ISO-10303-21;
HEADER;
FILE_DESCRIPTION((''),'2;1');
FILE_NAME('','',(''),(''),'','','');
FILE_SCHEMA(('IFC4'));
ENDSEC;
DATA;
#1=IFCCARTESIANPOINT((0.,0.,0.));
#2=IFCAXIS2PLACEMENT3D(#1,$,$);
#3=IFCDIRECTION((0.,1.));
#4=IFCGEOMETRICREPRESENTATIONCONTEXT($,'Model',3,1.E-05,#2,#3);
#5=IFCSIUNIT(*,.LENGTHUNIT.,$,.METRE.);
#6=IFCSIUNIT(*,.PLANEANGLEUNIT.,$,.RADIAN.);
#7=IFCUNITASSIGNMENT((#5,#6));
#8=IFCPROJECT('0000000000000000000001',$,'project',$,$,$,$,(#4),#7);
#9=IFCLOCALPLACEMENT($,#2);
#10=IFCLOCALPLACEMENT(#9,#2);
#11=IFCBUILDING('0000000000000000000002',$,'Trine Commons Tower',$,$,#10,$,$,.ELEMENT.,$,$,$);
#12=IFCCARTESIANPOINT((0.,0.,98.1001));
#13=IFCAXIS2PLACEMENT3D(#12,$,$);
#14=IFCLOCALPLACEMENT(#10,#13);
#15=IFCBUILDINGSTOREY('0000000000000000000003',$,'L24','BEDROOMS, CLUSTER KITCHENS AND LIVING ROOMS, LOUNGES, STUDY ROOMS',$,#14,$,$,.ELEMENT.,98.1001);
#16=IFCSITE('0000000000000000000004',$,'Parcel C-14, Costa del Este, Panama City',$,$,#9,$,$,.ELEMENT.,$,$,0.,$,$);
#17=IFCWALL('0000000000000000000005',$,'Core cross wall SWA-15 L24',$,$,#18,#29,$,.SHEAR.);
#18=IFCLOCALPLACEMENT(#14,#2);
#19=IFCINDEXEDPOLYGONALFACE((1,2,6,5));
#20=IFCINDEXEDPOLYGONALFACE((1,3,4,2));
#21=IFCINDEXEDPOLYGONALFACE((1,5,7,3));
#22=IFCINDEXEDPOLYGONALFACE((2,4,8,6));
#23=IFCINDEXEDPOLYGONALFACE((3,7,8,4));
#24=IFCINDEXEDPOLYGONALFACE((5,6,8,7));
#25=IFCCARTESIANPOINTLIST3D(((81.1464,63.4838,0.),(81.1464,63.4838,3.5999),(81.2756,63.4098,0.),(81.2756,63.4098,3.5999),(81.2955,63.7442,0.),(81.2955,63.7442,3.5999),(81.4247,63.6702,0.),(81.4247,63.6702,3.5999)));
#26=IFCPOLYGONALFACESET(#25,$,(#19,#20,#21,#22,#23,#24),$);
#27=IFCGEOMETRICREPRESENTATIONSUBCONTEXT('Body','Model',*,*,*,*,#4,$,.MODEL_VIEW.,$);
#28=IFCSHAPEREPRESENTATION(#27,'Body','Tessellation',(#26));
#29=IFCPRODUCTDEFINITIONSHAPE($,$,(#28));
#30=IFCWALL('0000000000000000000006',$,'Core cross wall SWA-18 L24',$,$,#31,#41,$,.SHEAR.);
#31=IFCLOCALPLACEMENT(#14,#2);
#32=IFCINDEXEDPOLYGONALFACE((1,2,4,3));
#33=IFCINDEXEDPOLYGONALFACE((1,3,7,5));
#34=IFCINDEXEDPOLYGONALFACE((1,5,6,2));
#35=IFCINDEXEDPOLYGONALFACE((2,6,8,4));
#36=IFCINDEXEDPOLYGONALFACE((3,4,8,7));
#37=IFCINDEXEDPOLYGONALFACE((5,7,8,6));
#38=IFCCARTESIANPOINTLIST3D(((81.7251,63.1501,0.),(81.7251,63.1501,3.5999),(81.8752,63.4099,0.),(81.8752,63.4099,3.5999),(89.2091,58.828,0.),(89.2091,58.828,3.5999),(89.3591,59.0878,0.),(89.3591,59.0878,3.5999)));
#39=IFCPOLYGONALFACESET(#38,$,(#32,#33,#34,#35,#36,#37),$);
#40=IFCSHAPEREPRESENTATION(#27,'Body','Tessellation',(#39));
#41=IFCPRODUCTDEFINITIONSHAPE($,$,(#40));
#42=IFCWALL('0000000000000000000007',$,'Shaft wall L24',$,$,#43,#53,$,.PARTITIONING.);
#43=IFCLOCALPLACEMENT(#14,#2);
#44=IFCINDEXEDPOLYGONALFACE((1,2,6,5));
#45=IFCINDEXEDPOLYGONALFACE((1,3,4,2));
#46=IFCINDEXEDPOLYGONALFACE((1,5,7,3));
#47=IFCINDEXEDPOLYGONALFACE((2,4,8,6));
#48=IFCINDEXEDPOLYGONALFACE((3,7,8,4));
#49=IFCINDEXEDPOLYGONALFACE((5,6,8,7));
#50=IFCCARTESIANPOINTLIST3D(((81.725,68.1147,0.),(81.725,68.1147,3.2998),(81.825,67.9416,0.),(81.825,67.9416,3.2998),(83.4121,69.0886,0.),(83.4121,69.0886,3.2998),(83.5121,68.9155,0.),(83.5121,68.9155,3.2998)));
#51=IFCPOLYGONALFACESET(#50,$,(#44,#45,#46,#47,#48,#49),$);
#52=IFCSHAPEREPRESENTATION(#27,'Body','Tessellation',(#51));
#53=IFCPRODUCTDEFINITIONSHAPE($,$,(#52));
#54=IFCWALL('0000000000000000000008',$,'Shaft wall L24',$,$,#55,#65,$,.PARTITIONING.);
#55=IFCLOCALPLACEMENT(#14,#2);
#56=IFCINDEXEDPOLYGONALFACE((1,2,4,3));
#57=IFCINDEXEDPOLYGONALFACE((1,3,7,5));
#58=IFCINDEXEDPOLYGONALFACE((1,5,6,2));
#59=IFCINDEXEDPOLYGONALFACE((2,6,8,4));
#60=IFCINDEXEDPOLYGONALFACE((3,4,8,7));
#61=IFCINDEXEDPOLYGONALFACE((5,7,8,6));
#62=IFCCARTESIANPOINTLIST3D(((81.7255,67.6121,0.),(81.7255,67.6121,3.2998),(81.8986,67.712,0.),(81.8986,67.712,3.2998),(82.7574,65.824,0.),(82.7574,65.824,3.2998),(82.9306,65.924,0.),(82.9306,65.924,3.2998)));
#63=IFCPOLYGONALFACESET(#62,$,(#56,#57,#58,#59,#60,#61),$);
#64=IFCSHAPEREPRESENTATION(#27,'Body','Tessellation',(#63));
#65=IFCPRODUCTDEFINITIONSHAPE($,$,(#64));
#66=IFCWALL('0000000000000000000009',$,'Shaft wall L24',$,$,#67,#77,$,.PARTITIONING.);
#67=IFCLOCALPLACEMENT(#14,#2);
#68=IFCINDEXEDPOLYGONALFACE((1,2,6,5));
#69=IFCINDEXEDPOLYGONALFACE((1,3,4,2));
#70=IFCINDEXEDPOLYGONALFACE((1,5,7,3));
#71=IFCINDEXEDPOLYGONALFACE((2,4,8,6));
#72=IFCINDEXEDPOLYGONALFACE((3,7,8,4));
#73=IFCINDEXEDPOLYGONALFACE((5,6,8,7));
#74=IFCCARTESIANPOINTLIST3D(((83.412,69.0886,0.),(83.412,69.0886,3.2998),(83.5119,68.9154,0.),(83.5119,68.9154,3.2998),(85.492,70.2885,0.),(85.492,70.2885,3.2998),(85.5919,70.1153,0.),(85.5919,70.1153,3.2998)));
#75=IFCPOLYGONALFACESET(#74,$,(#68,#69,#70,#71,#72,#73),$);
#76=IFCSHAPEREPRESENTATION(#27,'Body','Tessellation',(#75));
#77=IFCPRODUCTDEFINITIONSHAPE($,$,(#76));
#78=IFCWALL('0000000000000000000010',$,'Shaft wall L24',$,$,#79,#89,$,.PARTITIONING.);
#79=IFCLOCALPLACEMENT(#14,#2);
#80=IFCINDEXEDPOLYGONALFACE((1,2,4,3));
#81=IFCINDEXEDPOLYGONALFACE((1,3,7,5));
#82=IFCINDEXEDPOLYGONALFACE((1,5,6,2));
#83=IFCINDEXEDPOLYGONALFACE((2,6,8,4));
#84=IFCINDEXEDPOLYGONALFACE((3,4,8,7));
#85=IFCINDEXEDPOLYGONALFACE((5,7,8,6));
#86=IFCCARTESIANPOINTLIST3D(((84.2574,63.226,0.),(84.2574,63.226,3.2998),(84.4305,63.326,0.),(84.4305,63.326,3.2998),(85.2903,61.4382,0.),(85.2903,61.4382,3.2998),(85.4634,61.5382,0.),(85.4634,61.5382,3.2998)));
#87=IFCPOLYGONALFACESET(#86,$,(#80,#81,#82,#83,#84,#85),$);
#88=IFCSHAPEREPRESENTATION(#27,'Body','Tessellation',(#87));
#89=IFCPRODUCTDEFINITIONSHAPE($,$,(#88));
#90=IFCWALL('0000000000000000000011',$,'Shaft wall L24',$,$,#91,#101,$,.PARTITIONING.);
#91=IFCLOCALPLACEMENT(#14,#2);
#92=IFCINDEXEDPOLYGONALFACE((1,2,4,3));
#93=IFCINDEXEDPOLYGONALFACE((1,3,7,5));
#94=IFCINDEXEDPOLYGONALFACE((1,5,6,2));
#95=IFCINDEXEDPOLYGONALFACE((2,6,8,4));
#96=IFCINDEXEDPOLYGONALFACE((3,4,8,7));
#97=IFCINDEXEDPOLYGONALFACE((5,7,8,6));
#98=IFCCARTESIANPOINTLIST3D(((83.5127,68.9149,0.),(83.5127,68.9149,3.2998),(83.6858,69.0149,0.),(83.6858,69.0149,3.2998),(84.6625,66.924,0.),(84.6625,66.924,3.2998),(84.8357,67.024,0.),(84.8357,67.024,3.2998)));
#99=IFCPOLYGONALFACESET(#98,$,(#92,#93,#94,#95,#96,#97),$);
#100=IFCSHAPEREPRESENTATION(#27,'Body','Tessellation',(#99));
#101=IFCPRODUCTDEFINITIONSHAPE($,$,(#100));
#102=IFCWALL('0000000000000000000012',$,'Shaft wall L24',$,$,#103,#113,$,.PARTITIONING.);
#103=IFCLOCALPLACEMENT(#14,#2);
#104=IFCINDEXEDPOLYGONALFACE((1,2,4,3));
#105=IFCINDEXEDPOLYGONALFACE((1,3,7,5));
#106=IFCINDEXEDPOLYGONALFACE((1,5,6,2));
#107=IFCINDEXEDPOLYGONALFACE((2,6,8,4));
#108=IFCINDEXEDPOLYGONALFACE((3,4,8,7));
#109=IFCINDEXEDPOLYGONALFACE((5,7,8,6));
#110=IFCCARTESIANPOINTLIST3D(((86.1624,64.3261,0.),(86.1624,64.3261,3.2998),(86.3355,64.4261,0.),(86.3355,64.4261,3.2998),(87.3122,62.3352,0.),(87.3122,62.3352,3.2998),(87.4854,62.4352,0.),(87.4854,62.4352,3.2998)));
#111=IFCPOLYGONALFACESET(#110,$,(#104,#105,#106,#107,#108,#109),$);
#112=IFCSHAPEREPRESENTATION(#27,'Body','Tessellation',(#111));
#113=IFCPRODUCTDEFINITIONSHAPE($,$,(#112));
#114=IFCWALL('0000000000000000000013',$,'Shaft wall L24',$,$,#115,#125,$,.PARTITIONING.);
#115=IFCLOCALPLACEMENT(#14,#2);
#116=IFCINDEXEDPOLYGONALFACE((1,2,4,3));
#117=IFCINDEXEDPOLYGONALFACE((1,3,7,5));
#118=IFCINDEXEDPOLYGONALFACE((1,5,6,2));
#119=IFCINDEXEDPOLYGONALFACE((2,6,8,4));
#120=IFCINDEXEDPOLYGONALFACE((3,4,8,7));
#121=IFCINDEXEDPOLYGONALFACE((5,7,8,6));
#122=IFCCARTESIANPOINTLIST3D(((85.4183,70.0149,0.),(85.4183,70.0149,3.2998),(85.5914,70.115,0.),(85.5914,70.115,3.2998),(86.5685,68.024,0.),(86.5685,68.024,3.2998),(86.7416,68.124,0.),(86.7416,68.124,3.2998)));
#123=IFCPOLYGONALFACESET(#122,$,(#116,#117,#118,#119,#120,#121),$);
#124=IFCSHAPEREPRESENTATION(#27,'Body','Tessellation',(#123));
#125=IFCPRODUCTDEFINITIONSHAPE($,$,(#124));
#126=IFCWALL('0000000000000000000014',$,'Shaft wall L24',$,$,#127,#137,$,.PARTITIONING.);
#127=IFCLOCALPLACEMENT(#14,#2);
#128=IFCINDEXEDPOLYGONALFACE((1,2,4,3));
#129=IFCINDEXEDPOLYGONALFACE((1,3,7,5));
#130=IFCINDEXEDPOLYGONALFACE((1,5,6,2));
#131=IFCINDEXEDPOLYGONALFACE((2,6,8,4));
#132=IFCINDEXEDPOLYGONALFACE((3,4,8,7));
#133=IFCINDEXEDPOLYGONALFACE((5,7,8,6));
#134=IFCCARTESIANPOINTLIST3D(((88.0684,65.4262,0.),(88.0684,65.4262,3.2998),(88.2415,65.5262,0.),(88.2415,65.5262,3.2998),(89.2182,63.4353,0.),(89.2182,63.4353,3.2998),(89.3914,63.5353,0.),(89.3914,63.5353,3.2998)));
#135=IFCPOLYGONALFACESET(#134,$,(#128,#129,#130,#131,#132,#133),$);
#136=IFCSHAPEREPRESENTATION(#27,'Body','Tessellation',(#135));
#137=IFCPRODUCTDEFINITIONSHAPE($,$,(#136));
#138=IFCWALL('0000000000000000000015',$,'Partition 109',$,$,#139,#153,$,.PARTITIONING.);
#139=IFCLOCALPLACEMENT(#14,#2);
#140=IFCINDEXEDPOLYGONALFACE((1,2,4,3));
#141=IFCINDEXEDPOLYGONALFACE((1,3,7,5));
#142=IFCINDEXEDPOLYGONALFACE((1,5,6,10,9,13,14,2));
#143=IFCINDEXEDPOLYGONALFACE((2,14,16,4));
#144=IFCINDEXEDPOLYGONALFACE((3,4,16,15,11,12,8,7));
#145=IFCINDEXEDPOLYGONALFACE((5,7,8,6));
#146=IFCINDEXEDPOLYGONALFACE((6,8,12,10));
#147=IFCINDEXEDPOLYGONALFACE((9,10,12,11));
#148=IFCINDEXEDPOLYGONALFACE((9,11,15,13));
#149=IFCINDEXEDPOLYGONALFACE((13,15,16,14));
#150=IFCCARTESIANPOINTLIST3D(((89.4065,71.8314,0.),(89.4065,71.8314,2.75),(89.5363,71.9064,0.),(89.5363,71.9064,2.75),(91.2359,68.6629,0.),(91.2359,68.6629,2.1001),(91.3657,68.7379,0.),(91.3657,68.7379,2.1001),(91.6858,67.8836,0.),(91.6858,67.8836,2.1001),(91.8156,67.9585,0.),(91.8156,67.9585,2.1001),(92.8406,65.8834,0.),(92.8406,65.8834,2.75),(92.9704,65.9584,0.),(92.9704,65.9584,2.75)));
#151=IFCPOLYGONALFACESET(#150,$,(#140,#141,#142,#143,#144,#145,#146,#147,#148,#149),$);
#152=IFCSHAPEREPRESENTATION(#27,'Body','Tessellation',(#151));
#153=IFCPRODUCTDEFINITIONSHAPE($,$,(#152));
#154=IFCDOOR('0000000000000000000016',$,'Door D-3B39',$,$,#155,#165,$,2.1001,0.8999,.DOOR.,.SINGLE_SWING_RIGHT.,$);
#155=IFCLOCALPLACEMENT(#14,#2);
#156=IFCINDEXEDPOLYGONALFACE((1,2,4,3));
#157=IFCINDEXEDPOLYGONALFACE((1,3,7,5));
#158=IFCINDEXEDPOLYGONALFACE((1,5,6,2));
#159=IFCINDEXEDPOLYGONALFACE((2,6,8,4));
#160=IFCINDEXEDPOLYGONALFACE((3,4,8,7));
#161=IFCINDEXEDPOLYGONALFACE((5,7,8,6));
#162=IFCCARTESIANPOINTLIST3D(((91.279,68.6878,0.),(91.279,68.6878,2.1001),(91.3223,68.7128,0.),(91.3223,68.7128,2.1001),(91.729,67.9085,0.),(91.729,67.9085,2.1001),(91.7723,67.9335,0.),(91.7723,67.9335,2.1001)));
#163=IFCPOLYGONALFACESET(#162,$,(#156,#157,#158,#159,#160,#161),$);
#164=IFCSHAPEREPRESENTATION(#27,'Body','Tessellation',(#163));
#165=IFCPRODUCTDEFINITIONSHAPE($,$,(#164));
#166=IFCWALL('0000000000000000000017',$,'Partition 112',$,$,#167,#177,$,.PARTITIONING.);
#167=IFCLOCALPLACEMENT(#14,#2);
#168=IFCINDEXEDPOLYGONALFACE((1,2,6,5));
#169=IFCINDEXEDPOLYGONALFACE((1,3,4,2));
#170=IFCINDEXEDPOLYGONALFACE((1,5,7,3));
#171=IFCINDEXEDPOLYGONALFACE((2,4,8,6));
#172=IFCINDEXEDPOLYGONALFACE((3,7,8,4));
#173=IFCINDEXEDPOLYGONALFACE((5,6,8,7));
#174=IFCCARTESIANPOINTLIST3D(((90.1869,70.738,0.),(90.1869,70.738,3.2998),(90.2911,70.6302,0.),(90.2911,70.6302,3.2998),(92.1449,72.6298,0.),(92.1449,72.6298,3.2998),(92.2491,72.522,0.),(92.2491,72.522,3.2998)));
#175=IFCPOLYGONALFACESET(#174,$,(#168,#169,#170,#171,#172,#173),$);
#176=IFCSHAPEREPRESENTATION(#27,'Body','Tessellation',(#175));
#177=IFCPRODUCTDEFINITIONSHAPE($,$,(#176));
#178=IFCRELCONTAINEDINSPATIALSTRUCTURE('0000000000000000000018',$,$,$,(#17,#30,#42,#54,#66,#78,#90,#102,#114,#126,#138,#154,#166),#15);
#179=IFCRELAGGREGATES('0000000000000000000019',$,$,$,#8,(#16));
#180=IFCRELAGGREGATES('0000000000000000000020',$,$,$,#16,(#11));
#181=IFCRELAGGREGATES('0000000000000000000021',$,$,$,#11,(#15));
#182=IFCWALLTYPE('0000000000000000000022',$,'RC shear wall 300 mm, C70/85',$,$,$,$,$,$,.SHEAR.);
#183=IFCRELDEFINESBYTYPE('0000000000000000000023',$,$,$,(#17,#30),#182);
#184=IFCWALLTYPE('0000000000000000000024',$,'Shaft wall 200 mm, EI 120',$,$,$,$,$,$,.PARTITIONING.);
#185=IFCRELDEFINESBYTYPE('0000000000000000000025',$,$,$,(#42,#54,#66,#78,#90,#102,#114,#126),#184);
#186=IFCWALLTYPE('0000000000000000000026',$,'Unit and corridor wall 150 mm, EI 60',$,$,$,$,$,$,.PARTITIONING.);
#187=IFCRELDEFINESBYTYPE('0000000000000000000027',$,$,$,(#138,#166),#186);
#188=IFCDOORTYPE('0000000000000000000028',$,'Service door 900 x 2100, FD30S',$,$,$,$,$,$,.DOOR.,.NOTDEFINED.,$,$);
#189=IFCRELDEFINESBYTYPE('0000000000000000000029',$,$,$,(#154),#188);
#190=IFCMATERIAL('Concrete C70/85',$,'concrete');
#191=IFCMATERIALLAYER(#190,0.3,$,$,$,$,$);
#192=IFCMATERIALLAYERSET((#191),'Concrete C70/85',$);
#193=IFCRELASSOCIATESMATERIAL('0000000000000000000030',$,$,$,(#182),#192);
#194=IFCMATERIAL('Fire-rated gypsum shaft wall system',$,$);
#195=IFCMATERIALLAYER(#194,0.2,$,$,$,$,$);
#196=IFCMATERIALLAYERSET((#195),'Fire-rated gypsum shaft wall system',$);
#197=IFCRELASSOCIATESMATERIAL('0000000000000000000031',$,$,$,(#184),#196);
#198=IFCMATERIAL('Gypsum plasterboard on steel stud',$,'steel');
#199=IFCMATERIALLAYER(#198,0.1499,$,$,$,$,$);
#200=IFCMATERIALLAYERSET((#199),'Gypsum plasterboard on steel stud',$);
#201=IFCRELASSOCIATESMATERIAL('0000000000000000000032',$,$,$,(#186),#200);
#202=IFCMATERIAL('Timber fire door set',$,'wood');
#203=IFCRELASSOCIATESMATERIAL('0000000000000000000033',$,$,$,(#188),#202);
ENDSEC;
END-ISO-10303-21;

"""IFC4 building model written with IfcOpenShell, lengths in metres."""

from ifc_helpers import new_model, si_unit, direction, frame, frame_2d, origin, place, context, subcontext, project, spatial, rectangle, extrude, material, layer, layer_set, type_object, element, fill, save


model = new_model("IFC4")

# Units and contexts
model_context = context("Model", 3, precision=1e-05, world=origin(), true_north=direction((0.0, 1.0)))
body_context = subcontext(model_context, "Body", "Model", "MODEL_VIEW")
ifc_project = project(units=[si_unit("LENGTHUNIT", "METRE"), si_unit("PLANEANGLEUNIT", "RADIAN")], contexts=[model_context])

# Site, building, storey
site_placement = place(None, origin())
site = spatial("IfcSite", under=ifc_project, at=site_placement, Name="Parcel C-14, Costa del Este, Panama City", CompositionType="ELEMENT", RefElevation=0.0)
building_placement = place(site_placement, origin())
building = spatial("IfcBuilding", under=site, at=building_placement, Name="Trine Commons Tower", CompositionType="ELEMENT")
storey_placement = place(building_placement, frame((0.0, 0.0, 98.1001)))
storey = spatial("IfcBuildingStorey", under=building, at=storey_placement, Name="L24", Description="BEDROOMS, CLUSTER KITCHENS AND LIVING ROOMS, LOUNGES, STUDY ROOMS", CompositionType="ELEMENT", Elevation=98.1001)

# Shared definitions
ifc_material_1 = material(Name="Fire-rated gypsum shaft wall system")
ifc_material_2 = material(Name="Concrete C70/85", Category="concrete")
ifc_layer_1 = layer(ifc_material_2, 0.3)
ifc_layer_set_1 = layer_set([ifc_layer_1], Name="Concrete C70/85")
wall_type_1 = type_object("IfcWallType", Name="RC shear wall 300 mm, C70/85", PredefinedType="SHEAR", material=ifc_layer_set_1)

# Walls
wall_1_placement = place(storey_placement, frame((81.2209, 63.614, 0.0), z_axis=(0.0, 0.0, 1.0), x_axis=(0.867738, -0.497022, 0.0)))
element("IfcWall", 1, at=wall_1_placement, inside=storey, type_object=wall_type_1, Name="Core cross wall SWA-15 L24", PredefinedType="SHEAR", context=body_context, shape_type="SweptSolid", body=[
    extrude(rectangle(XDim=0.1489, YDim=0.3, at=frame_2d((0.0745, 0.0))), origin(), (0.0, 0.0, 1.0), 3.5999),
])
wall_2_placement = place(storey_placement, frame((81.8, 63.28, 0.0), z_axis=(0.0, 0.0, 1.0), x_axis=(0.865965, -0.500104, 0.0)))
element("IfcWall", 2, at=wall_2_placement, inside=storey, type_object=wall_type_1, Name="Core cross wall SWA-18 L24", PredefinedType="SHEAR", context=body_context, shape_type="SweptSolid", body=[
    extrude(rectangle(XDim=8.6423, YDim=0.3, at=frame_2d((4.3213, 0.0))), origin(), (0.0, 0.0, 1.0), 3.5999),
])
ifc_layer_2 = layer(ifc_material_1, 0.2)
ifc_layer_set_2 = layer_set([ifc_layer_2], Name="Fire-rated gypsum shaft wall system")
wall_type_2 = type_object("IfcWallType", Name="Shaft wall 200 mm, EI 120", PredefinedType="PARTITIONING", material=ifc_layer_set_2)
wall_3_placement = place(storey_placement, frame((81.7749, 68.0281, 0.0), z_axis=(0.0, 0.0, 1.0), x_axis=(0.866052, 0.499954, 0.0)))
element("IfcWall", 3, at=wall_3_placement, inside=storey, type_object=wall_type_2, Name="Shaft wall L24", PredefinedType="PARTITIONING", context=body_context, shape_type="SweptSolid", body=[
    extrude(rectangle(XDim=1.948, YDim=0.2, at=frame_2d((0.9741, 0.0))), origin(), (0.0, 0.0, 1.0), 3.2998),
])
wall_4_placement = place(storey_placement, frame((82.844, 65.874, 0.0), z_axis=(0.0, 0.0, 1.0), x_axis=(-0.499866, 0.866103, 0.0)))
element("IfcWall", 4, at=wall_4_placement, inside=storey, type_object=wall_type_2, Name="Shaft wall L24", PredefinedType="PARTITIONING", context=body_context, shape_type="SweptSolid", body=[
    extrude(rectangle(XDim=2.0645, YDim=0.2, at=frame_2d((1.0322, 0.0))), origin(), (0.0, 0.0, 1.0), 3.2998),
])
wall_5_placement = place(storey_placement, frame((83.4619, 69.002, 0.0), z_axis=(0.0, 0.0, 1.0), x_axis=(0.866203, 0.499693, 0.0)))
element("IfcWall", 5, at=wall_5_placement, inside=storey, type_object=wall_type_2, Name="Shaft wall L24", PredefinedType="PARTITIONING", context=body_context, shape_type="SweptSolid", body=[
    extrude(rectangle(XDim=2.4014, YDim=0.2, at=frame_2d((1.2007, 0.0))), origin(), (0.0, 0.0, 1.0), 3.2998),
])
wall_6_placement = place(storey_placement, frame((84.344, 63.2759, 0.0), z_axis=(0.0, 0.0, 1.0), x_axis=(0.500272, -0.865868, 0.0)))
element("IfcWall", 6, at=wall_6_placement, inside=storey, type_object=wall_type_2, Name="Shaft wall L24", PredefinedType="PARTITIONING", context=body_context, shape_type="SweptSolid", body=[
    extrude(rectangle(XDim=2.0647, YDim=0.2, at=frame_2d((1.0322, 0.0))), origin(), (0.0, 0.0, 1.0), 3.2998),
])
for number, where, z_axis, x_axis, name in (
    (7, (84.749, 66.9741, 0.0), (0.0, 0.0, 1.0), (-0.500136, 0.865947, 0.0), "Shaft wall L24"),
    (8, (86.249, 64.376, 0.0), (0.0, 0.0, 1.0), (0.500136, -0.865947, 0.0), "Shaft wall L24"),
):
    element("IfcWall", number, at=place(storey_placement, frame(where, z_axis=z_axis, x_axis=x_axis)), inside=storey, type_object=wall_type_2, Name=name, PredefinedType="PARTITIONING", context=body_context, shape_type="SweptSolid", body=[
        extrude(rectangle(XDim=2.2991, YDim=0.2, at=frame_2d((1.1494, 0.0))), origin(), (0.0, 0.0, 1.0), 3.2998),
    ])
wall_7_placement = place(storey_placement, frame((86.655, 68.074, 0.0), z_axis=(0.0, 0.0, 1.0), x_axis=(-0.500216, 0.865901, 0.0)))
element("IfcWall", 9, at=wall_7_placement, inside=storey, type_object=wall_type_2, Name="Shaft wall L24", PredefinedType="PARTITIONING", context=body_context, shape_type="SweptSolid", body=[
    extrude(rectangle(XDim=2.2993, YDim=0.2, at=frame_2d((1.1497, 0.0))), origin(), (0.0, 0.0, 1.0), 3.2998),
])
wall_8_placement = place(storey_placement, frame((88.155, 65.4761, 0.0), z_axis=(0.0, 0.0, 1.0), x_axis=(0.500136, -0.865947, 0.0)))
element("IfcWall", 10, at=wall_8_placement, inside=storey, type_object=wall_type_2, Name="Shaft wall L24", PredefinedType="PARTITIONING", context=body_context, shape_type="SweptSolid", body=[
    extrude(rectangle(XDim=2.2991, YDim=0.2, at=frame_2d((1.1494, 0.0))), origin(), (0.0, 0.0, 1.0), 3.2998),
])

# Wall, opening, door
ifc_material_3 = material(Name="Gypsum plasterboard on steel stud", Category="steel")
ifc_layer_3 = layer(ifc_material_3, 0.1499)
ifc_layer_set_3 = layer_set([ifc_layer_3], Name="Gypsum plasterboard on steel stud")
wall_type_3 = type_object("IfcWallType", Name="Unit and corridor wall 150 mm, EI 60", PredefinedType="PARTITIONING", material=ifc_layer_set_3)
wall_9_placement = place(storey_placement, frame((89.4714, 71.8689, 0.0), z_axis=(0.0, 0.0, 1.0), x_axis=(0.5, -0.866025, 0.0)))
wall_9 = element("IfcWall", 11, at=wall_9_placement, inside=storey, type_object=wall_type_3, Name="Partition 109", PredefinedType="PARTITIONING", context=body_context, shape_type="SweptSolid", body=[
    extrude(rectangle(XDim=6.8682, YDim=0.1499, at=frame_2d((3.4341, 0.0))), origin(), (0.0, 0.0, 1.0), 2.75),
])
opening_1_placement = place(wall_9_placement, frame((3.6587, 0.0, 0.0)))
opening_1 = element("IfcOpeningElement", 12, at=opening_1_placement, cuts=wall_9, PredefinedType="OPENING", context=body_context, shape_type="SweptSolid", body=[
    extrude(rectangle(XDim=0.8999, YDim=2.1001, at=frame_2d((0.45, 1.05))), frame((0.0, 0.085, 0.0), z_axis=(0.0, -1.0, 0.0), x_axis=(1.0, 0.0, 0.0)), (0.0, 0.0, 1.0), 0.1699),
])
ifc_material_4 = material(Name="Timber fire door set", Category="wood")
door_type_1 = type_object("IfcDoorType", Name="Service door 900 x 2100, FD30S", OperationType="NOTDEFINED", PredefinedType="DOOR", material=ifc_material_4)
door_1_placement = place(opening_1_placement, origin())
door_1 = element("IfcDoor", 13, at=door_1_placement, inside=storey, type_object=door_type_1, Name="Door D-3B39", OperationType="SINGLE_SWING_RIGHT", OverallHeight=2.1001, OverallWidth=0.8999, PredefinedType="DOOR", context=body_context, shape_type="SweptSolid", body=[
    extrude(rectangle(XDim=0.8999, YDim=2.1001, at=frame_2d((0.45, 1.05))), frame((0.0, 0.0249, 0.0), z_axis=(0.0, -1.0, 0.0), x_axis=(1.0, 0.0, 0.0)), (0.0, 0.0, 1.0), 0.05),
])
fill(opening_1, door_1)

# Wall
wall_10_placement = place(storey_placement, frame((90.239, 70.6841, 0.0), z_axis=(0.0, 0.0, 1.0), x_axis=(0.719153, 0.694852, 0.0)))
element("IfcWall", 14, at=wall_10_placement, inside=storey, type_object=wall_type_3, Name="Partition 112", PredefinedType="PARTITIONING", context=body_context, shape_type="SweptSolid", body=[
    extrude(rectangle(XDim=2.7227, YDim=0.1499, at=frame_2d((1.3613, 0.0))), origin(), (0.0, 0.0, 1.0), 3.2998),
])

save(model, "model.ifc")
